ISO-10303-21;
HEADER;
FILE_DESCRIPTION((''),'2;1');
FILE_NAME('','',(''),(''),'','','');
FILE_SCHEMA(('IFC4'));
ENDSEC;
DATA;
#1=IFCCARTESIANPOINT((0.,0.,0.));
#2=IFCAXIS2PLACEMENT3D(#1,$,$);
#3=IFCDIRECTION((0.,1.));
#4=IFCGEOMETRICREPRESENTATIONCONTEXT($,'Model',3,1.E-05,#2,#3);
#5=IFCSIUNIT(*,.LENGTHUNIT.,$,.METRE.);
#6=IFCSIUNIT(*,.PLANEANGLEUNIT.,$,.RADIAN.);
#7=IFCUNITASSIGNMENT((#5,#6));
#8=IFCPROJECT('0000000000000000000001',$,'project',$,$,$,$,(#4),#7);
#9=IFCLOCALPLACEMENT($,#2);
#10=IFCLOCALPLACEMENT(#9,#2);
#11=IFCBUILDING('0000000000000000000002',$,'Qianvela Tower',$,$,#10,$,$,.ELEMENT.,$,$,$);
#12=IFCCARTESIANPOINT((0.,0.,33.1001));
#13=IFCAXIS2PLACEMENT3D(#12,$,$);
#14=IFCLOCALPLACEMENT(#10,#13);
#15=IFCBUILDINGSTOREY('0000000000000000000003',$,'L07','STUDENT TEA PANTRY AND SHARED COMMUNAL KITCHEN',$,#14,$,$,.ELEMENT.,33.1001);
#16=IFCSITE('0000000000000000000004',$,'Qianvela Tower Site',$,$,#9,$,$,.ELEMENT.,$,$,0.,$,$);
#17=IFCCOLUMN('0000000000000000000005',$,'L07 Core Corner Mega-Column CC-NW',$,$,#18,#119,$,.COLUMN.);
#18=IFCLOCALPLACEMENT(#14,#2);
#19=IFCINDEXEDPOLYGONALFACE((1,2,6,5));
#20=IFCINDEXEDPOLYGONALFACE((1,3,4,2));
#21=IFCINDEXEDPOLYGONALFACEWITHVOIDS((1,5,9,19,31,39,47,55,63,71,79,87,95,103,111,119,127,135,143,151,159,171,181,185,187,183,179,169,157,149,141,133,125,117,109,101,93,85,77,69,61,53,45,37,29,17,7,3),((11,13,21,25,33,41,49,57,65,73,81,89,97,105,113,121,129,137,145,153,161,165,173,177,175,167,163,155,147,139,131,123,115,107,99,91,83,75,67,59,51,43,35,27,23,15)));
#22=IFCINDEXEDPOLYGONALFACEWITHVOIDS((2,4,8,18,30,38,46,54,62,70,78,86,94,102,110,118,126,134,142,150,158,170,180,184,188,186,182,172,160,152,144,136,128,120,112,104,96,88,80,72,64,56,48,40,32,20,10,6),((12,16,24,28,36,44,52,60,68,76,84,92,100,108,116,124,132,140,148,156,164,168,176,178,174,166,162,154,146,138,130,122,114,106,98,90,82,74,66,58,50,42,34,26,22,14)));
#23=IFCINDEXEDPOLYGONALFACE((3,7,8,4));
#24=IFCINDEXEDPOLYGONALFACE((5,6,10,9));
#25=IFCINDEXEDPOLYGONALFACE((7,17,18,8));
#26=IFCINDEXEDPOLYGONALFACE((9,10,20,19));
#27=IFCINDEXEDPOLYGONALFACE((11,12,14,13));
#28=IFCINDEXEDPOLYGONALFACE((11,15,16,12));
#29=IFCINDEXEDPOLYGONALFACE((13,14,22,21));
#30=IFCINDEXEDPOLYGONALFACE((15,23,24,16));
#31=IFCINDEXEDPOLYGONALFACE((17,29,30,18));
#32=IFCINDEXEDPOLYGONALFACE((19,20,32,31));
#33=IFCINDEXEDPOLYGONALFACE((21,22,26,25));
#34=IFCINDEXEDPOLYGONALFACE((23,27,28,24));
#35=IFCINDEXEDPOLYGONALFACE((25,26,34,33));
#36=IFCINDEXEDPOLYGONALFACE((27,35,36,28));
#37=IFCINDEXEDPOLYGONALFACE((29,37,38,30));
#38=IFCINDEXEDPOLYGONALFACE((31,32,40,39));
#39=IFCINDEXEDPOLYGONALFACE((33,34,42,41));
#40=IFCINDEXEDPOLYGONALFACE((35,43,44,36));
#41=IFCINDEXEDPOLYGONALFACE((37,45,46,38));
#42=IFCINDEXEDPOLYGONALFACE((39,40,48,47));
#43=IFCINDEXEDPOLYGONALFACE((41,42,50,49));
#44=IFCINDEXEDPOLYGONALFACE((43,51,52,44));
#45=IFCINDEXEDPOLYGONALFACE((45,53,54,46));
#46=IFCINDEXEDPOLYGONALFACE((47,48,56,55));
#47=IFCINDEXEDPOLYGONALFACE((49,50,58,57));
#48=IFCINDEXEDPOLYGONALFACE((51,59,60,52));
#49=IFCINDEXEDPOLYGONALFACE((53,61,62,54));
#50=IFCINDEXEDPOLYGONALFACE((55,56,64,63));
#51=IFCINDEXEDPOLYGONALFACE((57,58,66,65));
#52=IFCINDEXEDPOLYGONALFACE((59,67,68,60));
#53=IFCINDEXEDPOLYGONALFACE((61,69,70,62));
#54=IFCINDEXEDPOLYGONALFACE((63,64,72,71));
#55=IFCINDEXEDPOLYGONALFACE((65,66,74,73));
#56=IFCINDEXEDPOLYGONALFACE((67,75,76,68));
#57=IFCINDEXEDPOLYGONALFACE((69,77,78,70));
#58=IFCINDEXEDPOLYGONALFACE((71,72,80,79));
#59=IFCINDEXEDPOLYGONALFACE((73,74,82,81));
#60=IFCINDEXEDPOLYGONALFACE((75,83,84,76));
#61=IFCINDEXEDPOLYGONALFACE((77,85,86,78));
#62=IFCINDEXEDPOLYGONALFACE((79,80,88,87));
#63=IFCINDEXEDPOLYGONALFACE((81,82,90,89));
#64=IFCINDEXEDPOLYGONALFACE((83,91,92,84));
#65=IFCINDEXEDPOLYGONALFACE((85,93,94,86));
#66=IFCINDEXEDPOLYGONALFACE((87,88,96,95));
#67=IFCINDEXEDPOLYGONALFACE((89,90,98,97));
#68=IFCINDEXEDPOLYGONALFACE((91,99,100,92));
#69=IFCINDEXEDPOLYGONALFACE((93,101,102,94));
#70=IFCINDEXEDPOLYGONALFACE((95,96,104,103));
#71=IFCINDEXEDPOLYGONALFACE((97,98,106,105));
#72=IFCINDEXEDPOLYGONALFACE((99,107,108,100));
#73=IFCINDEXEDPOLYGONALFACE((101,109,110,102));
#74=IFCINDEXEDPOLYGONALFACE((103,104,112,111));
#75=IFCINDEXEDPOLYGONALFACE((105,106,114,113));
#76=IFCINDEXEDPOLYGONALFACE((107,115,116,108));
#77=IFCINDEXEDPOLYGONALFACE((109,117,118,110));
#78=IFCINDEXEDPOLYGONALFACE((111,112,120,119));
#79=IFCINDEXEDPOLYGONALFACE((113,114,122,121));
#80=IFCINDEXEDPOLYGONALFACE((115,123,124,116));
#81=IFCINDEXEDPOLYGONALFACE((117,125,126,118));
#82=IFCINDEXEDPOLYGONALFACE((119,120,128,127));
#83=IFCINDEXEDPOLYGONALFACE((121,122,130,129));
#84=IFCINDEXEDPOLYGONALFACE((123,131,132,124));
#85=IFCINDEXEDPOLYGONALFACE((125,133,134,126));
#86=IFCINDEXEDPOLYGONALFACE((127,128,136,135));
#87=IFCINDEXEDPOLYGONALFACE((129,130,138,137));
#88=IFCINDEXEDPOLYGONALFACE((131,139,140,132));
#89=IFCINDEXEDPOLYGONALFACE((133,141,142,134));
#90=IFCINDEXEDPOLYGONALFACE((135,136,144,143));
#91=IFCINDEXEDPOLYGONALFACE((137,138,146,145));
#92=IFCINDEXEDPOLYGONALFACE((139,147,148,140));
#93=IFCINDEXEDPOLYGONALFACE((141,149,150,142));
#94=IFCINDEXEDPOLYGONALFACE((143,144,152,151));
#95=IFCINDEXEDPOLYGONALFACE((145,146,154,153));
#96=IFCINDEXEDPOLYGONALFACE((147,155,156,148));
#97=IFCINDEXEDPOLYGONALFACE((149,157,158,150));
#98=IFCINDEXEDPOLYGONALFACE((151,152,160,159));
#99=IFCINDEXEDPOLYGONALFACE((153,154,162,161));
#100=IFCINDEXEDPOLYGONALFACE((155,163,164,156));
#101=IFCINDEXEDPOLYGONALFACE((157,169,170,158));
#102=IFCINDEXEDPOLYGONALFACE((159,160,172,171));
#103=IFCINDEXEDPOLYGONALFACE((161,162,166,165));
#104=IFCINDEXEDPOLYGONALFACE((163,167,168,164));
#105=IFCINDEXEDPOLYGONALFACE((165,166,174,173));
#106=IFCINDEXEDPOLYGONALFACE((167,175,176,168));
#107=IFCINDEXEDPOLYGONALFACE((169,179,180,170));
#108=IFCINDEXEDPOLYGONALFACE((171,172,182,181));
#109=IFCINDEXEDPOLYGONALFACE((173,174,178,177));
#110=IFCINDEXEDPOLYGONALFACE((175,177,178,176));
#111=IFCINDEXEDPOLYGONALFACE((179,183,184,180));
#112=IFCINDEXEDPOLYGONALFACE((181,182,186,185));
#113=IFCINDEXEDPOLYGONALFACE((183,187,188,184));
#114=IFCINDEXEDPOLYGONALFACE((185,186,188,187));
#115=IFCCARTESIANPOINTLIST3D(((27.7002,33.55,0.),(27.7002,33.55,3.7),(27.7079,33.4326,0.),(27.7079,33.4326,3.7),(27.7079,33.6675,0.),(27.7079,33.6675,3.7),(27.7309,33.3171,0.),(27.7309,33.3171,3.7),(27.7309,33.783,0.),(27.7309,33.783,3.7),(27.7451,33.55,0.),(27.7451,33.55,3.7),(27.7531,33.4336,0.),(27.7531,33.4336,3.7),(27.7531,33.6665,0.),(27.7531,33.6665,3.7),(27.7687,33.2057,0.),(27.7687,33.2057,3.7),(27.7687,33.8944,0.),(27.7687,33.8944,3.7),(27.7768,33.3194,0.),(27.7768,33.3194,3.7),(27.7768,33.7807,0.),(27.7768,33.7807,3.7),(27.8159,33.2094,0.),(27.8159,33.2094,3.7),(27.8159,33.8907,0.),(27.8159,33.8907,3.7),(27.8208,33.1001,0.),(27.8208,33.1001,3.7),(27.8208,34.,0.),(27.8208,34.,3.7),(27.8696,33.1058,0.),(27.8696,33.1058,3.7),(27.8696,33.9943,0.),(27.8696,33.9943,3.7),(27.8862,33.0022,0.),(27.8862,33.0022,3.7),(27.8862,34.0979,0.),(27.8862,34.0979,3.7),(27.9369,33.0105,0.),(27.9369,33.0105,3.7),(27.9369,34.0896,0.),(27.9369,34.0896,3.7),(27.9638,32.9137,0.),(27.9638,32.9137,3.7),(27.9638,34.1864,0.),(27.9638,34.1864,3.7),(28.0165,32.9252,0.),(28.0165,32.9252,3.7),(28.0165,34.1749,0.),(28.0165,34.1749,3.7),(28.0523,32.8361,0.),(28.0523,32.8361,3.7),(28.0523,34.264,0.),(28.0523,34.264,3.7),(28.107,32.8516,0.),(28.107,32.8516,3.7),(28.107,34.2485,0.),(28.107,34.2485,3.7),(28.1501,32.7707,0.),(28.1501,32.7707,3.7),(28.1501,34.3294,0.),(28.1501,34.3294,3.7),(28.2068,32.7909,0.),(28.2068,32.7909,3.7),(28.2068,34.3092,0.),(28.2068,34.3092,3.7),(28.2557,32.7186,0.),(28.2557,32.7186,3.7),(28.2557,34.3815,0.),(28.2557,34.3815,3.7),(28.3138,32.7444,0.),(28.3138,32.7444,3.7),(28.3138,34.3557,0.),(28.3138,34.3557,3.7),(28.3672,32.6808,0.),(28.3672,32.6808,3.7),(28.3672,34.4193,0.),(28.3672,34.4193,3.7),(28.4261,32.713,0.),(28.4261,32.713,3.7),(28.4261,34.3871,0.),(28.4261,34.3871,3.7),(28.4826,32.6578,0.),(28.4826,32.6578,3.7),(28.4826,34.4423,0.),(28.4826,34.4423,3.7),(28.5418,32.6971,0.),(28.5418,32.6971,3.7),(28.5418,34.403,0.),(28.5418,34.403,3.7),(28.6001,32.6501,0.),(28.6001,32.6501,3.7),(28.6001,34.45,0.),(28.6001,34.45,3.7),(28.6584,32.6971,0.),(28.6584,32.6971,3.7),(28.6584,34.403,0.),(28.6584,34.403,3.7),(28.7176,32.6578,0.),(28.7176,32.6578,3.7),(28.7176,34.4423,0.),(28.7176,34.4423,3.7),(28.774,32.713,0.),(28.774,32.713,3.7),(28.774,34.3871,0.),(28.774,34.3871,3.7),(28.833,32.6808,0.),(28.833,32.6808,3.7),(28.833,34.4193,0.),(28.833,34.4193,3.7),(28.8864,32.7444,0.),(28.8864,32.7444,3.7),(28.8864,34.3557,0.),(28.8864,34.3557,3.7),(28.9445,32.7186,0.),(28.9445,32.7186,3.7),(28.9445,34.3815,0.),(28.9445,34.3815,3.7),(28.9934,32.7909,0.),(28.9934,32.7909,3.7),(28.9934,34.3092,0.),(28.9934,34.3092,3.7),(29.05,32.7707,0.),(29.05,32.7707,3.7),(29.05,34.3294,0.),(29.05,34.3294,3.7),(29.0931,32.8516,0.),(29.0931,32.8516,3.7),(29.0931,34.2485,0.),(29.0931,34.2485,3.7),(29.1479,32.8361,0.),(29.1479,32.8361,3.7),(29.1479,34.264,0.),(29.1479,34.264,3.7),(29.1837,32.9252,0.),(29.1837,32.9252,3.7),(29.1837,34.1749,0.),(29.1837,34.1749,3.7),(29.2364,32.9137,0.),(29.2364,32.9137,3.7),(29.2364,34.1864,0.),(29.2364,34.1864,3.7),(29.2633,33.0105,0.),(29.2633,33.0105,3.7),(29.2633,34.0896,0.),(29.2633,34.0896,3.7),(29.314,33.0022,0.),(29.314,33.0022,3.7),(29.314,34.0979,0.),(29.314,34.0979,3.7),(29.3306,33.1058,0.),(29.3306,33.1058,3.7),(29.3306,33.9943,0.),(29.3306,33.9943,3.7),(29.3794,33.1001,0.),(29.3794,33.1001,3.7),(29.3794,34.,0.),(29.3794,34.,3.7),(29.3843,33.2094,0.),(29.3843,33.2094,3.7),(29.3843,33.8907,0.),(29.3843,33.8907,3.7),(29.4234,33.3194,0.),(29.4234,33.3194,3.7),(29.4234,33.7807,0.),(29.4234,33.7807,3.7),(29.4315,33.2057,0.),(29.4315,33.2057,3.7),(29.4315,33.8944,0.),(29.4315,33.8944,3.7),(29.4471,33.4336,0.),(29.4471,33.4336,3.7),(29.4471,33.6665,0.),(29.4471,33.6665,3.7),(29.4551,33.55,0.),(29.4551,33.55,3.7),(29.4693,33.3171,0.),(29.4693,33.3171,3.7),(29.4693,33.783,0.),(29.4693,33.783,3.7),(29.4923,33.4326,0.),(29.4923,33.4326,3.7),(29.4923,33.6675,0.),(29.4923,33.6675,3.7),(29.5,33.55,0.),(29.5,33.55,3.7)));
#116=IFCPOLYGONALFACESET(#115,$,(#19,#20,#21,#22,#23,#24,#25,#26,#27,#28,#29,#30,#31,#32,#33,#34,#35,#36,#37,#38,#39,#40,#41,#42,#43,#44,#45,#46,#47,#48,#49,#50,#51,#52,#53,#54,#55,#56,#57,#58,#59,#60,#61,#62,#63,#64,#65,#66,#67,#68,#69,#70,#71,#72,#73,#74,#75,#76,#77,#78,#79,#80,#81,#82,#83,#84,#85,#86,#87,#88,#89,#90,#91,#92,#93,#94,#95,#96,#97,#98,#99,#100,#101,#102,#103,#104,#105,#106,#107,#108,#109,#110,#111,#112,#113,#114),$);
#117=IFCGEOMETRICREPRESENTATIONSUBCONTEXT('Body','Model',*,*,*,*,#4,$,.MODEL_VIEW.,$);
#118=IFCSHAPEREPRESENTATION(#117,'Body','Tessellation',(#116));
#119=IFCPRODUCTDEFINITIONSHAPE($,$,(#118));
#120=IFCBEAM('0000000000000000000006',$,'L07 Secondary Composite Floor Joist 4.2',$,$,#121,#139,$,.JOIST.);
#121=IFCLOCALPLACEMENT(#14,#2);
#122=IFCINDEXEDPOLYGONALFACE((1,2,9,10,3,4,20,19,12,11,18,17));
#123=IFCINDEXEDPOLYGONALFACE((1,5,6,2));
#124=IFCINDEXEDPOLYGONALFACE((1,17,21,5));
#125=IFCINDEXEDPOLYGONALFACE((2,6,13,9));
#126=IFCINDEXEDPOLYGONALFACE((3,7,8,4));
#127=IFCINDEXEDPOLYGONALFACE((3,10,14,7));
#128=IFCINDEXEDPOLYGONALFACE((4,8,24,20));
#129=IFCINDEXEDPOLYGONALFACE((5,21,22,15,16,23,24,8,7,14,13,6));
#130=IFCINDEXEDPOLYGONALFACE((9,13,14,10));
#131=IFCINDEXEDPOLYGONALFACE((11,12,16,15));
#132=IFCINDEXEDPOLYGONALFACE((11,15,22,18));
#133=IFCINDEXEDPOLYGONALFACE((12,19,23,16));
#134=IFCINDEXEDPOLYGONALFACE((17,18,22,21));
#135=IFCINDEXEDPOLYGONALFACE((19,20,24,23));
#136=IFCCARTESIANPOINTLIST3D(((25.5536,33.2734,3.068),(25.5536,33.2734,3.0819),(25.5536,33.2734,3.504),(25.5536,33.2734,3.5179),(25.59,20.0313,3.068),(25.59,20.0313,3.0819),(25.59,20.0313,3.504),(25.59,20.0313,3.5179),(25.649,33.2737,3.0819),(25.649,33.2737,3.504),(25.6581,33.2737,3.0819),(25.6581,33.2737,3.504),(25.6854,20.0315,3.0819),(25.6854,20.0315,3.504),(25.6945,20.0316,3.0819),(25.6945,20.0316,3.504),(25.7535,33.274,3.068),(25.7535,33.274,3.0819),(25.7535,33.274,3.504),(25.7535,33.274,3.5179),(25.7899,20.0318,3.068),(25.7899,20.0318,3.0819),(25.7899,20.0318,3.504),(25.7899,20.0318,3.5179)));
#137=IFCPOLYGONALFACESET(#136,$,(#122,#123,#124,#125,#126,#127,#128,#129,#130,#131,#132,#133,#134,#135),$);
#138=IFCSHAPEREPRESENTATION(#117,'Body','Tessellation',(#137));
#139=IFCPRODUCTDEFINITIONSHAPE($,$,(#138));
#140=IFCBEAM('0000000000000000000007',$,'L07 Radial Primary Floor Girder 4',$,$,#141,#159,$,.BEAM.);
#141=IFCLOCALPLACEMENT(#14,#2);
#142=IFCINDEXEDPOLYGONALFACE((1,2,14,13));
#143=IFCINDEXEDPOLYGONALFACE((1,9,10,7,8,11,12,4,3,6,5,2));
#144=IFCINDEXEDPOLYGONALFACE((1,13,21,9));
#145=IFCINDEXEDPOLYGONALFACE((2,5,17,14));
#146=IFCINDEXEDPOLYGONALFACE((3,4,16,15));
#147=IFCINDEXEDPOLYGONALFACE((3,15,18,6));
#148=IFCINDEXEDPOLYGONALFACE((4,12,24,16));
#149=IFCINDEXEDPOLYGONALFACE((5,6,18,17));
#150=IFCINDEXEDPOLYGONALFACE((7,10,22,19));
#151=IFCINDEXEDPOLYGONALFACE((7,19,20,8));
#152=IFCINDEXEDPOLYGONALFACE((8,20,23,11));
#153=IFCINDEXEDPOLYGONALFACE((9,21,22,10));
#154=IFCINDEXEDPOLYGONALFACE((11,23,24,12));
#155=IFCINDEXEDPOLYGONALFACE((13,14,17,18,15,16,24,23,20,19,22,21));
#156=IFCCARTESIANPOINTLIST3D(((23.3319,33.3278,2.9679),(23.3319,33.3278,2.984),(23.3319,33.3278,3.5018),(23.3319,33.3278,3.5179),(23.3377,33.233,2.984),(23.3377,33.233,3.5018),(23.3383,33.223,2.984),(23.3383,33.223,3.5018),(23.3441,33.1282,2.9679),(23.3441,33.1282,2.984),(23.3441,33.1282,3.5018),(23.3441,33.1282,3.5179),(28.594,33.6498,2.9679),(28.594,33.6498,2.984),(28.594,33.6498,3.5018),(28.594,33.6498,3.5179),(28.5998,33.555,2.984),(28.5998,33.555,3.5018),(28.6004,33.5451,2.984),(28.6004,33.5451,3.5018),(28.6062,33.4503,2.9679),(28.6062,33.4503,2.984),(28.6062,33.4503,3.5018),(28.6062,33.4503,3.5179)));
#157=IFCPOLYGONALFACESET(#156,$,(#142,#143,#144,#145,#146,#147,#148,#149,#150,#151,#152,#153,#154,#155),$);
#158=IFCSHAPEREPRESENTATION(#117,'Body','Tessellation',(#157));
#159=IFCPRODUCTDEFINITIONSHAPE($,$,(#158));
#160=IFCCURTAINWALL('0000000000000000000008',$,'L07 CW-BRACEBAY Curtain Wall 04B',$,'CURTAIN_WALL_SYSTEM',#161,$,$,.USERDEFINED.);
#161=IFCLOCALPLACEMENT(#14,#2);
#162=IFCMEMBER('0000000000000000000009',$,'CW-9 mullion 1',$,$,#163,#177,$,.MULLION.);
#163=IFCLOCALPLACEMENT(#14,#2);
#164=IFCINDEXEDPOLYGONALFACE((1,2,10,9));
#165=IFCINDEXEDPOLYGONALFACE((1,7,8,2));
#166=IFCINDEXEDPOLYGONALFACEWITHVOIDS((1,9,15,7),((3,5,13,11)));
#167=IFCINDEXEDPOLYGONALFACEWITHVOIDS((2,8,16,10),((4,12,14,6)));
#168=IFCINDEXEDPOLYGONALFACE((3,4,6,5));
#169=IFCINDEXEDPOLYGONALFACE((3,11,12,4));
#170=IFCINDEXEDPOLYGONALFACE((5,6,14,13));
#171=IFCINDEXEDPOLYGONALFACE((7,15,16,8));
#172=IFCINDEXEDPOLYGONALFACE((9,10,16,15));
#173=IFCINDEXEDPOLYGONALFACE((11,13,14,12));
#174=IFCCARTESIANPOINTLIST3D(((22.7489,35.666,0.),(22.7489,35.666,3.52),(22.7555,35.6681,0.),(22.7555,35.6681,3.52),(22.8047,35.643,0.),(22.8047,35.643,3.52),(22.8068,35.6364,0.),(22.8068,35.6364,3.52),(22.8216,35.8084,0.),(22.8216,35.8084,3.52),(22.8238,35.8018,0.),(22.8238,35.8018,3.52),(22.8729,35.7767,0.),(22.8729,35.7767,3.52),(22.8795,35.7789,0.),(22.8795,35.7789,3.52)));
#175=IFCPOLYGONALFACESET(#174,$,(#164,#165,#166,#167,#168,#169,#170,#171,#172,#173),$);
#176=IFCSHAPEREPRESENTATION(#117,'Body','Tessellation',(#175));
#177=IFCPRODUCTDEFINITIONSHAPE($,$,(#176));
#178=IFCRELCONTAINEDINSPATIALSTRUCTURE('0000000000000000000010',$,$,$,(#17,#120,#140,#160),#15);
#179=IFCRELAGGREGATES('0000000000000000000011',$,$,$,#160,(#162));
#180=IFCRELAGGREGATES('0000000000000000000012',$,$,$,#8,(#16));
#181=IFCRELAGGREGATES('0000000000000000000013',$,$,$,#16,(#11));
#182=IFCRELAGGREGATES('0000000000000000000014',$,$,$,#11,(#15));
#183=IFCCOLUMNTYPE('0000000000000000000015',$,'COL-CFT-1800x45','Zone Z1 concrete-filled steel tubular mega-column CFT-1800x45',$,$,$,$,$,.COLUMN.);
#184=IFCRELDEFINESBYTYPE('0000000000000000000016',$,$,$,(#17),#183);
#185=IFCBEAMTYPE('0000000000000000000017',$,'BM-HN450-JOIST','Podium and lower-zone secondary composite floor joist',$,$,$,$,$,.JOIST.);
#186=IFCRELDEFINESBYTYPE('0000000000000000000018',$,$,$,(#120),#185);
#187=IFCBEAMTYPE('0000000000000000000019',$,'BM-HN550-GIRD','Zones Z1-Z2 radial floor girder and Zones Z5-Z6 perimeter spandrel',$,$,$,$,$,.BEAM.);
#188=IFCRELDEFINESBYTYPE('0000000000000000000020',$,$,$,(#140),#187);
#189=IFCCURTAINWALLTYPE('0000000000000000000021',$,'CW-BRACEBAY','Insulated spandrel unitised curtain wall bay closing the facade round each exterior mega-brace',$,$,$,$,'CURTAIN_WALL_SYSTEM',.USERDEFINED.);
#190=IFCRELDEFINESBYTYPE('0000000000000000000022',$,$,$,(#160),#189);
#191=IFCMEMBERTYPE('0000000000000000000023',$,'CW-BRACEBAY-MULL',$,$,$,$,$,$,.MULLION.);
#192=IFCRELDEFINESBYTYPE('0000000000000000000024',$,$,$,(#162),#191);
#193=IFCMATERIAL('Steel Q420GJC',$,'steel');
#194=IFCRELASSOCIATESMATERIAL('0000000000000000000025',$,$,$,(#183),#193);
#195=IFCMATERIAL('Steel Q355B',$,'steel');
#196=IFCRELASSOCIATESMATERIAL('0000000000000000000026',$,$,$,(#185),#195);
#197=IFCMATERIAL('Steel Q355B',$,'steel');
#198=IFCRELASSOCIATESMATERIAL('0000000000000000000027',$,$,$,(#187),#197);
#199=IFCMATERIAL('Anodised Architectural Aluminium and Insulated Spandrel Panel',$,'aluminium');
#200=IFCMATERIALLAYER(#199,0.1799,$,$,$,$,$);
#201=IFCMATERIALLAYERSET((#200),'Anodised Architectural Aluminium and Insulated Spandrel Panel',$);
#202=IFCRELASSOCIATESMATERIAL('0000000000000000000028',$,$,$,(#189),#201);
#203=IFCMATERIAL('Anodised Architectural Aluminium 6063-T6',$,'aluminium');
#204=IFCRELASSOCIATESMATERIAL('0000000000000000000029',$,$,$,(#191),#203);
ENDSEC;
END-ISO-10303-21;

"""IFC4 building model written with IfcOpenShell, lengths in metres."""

from ifc_helpers import new_model, si_unit, direction, frame, origin, origin_2d, place, context, subcontext, project, spatial, hollow_rectangle, hollow_circle, i_section, extrude, material, layer, layer_set, material_profile, profile_set, type_object, element, aggregate, save


model = new_model("IFC4")

# Units and contexts
model_context = context("Model", 3, precision=1e-05, world=origin(), true_north=direction((0.0, 1.0)))
body_context = subcontext(model_context, "Body", "Model", "MODEL_VIEW")
ifc_project = project(units=[si_unit("LENGTHUNIT", "METRE"), si_unit("PLANEANGLEUNIT", "RADIAN")], contexts=[model_context])

# Site, building, storey
site_placement = place(None, origin())
site = spatial("IfcSite", under=ifc_project, at=site_placement, Name="Qianvela Tower Site", CompositionType="ELEMENT", RefElevation=0.0)
building_placement = place(site_placement, origin())
building = spatial("IfcBuilding", under=site, at=building_placement, Name="Qianvela Tower", CompositionType="ELEMENT")
storey_placement = place(building_placement, frame((0.0, 0.0, 33.1001)))
storey = spatial("IfcBuildingStorey", under=building, at=storey_placement, Name="L07", Description="STUDENT TEA PANTRY AND SHARED COMMUNAL KITCHEN", CompositionType="ELEMENT", Elevation=33.1001)

# Column
ifc_material_1 = material(Name="Steel Q420GJC", Category="steel")
ifc_material_profile_1 = material_profile(ifc_material_1, hollow_circle(Radius=0.8999, WallThickness=0.0449, at=origin_2d()), Name="CFT-1800x45")
ifc_profile_set_1 = profile_set([ifc_material_profile_1], Name="Steel Q420GJC")
column_type = type_object("IfcColumnType", Name="COL-CFT-1800x45", Description="Zone Z1 concrete-filled steel tubular mega-column CFT-1800x45", PredefinedType="COLUMN", material=ifc_profile_set_1)
column_placement = place(storey_placement, frame((28.6001, 33.55, 0.0), z_axis=(0.0, 0.0, 1.0), x_axis=(1.0, 0.0, 0.0)))
element("IfcColumn", 1, at=column_placement, inside=storey, type_object=column_type, Name="L07 Core Corner Mega-Column CC-NW", PredefinedType="COLUMN", context=body_context, shape_type="SweptSolid", body=[
    extrude(hollow_circle(Radius=0.8999, WallThickness=0.0449, at=origin_2d()), origin(), (0.0, 0.0, 1.0), 3.7),
])

# Beams
ifc_material_2 = material(Name="Steel Q355B", Category="steel")
ifc_material_profile_2 = material_profile(ifc_material_2, i_section(OverallWidth=0.2, OverallDepth=0.45, WebThickness=0.009, FlangeThickness=0.0139, at=origin_2d()), Name="HN450x200x9x14")
ifc_profile_set_2 = profile_set([ifc_material_profile_2], Name="Steel Q355B")
beam_type_1 = type_object("IfcBeamType", Name="BM-HN450-JOIST", Description="Podium and lower-zone secondary composite floor joist", PredefinedType="JOIST", material=ifc_profile_set_2)
beam_1_placement = place(storey_placement, frame((25.6536, 33.2737, 3.293), z_axis=(0.002747, -0.999996, 0.0), x_axis=(0.999996, 0.002747, 0.0)))
element("IfcBeam", 2, at=beam_1_placement, inside=storey, type_object=beam_type_1, Name="L07 Secondary Composite Floor Joist 4.2", PredefinedType="JOIST", context=body_context, shape_type="SweptSolid", body=[
    extrude(i_section(OverallWidth=0.2, OverallDepth=0.45, WebThickness=0.009, FlangeThickness=0.0139, at=origin_2d()), origin(), (0.0, 0.0, 1.0), 13.2422),
])
ifc_material_3 = material(Name="Steel Q355B", Category="steel")
ifc_material_profile_3 = material_profile(ifc_material_3, i_section(OverallWidth=0.2, OverallDepth=0.55, WebThickness=0.01, FlangeThickness=0.0161, at=origin_2d()), Name="HN550x200x10x16")
ifc_profile_set_3 = profile_set([ifc_material_profile_3], Name="Steel Q355B")
beam_type_2 = type_object("IfcBeamType", Name="BM-HN550-GIRD", Description="Zones Z1-Z2 radial floor girder and Zones Z5-Z6 perimeter spandrel", PredefinedType="BEAM", material=ifc_profile_set_3)
beam_2_placement = place(storey_placement, frame((28.6001, 33.55, 3.2429), z_axis=(-0.998133, -0.061081, 0.0), x_axis=(0.061081, -0.998133, 0.0)))
element("IfcBeam", 3, at=beam_2_placement, inside=storey, type_object=beam_type_2, Name="L07 Radial Primary Floor Girder 4", PredefinedType="BEAM", context=body_context, shape_type="SweptSolid", body=[
    extrude(i_section(OverallWidth=0.2, OverallDepth=0.55, WebThickness=0.01, FlangeThickness=0.0161, at=origin_2d()), origin(), (0.0, 0.0, 1.0), 5.272),
])

# Curtain wall, member
ifc_material_4 = material(Name="Anodised Architectural Aluminium and Insulated Spandrel Panel", Category="aluminium")
ifc_layer_1 = layer(ifc_material_4, 0.1799)
ifc_layer_set_1 = layer_set([ifc_layer_1], Name="Anodised Architectural Aluminium and Insulated Spandrel Panel")
curtain_wall_type_1 = type_object("IfcCurtainWallType", Name="CW-BRACEBAY", Description="Insulated spandrel unitised curtain wall bay closing the facade round each exterior mega-brace", ElementType="CURTAIN_WALL_SYSTEM", PredefinedType="USERDEFINED", material=ifc_layer_set_1)
curtain_wall_1_placement = place(storey_placement, origin())
curtain_wall_1 = element("IfcCurtainWall", 4, at=curtain_wall_1_placement, inside=storey, type_object=curtain_wall_type_1, Name="L07 CW-BRACEBAY Curtain Wall 04B", ObjectType="CURTAIN_WALL_SYSTEM", PredefinedType="USERDEFINED")
ifc_material_5 = material(Name="Anodised Architectural Aluminium 6063-T6", Category="aluminium")
ifc_material_profile_4 = material_profile(ifc_material_5, hollow_rectangle(XDim=0.0649, YDim=0.1599, WallThickness=0.0049, at=origin_2d()), Name="ALU-MULL-65x160")
ifc_profile_set_4 = profile_set([ifc_material_profile_4], Name="Anodised Architectural Aluminium 6063-T6")
member_type_1 = type_object("IfcMemberType", Name="CW-BRACEBAY-MULL", PredefinedType="MULLION", material=ifc_profile_set_4)
member_1_placement = place(storey_placement, frame((22.8142, 35.7224, 0.0), z_axis=(0.0, 0.0, 1.0), x_axis=(0.890689, -0.454613, 0.0)))
member_1 = element("IfcMember", 5, at=member_1_placement, type_object=member_type_1, Name="CW-9 mullion 1", PredefinedType="MULLION", context=body_context, shape_type="SweptSolid", body=[
    extrude(hollow_rectangle(XDim=0.0649, YDim=0.1599, WallThickness=0.0049, at=origin_2d()), origin(), (0.0, 0.0, 1.0), 3.52),
])

aggregate(curtain_wall_1, [member_1])

save(model, "model.ifc")
